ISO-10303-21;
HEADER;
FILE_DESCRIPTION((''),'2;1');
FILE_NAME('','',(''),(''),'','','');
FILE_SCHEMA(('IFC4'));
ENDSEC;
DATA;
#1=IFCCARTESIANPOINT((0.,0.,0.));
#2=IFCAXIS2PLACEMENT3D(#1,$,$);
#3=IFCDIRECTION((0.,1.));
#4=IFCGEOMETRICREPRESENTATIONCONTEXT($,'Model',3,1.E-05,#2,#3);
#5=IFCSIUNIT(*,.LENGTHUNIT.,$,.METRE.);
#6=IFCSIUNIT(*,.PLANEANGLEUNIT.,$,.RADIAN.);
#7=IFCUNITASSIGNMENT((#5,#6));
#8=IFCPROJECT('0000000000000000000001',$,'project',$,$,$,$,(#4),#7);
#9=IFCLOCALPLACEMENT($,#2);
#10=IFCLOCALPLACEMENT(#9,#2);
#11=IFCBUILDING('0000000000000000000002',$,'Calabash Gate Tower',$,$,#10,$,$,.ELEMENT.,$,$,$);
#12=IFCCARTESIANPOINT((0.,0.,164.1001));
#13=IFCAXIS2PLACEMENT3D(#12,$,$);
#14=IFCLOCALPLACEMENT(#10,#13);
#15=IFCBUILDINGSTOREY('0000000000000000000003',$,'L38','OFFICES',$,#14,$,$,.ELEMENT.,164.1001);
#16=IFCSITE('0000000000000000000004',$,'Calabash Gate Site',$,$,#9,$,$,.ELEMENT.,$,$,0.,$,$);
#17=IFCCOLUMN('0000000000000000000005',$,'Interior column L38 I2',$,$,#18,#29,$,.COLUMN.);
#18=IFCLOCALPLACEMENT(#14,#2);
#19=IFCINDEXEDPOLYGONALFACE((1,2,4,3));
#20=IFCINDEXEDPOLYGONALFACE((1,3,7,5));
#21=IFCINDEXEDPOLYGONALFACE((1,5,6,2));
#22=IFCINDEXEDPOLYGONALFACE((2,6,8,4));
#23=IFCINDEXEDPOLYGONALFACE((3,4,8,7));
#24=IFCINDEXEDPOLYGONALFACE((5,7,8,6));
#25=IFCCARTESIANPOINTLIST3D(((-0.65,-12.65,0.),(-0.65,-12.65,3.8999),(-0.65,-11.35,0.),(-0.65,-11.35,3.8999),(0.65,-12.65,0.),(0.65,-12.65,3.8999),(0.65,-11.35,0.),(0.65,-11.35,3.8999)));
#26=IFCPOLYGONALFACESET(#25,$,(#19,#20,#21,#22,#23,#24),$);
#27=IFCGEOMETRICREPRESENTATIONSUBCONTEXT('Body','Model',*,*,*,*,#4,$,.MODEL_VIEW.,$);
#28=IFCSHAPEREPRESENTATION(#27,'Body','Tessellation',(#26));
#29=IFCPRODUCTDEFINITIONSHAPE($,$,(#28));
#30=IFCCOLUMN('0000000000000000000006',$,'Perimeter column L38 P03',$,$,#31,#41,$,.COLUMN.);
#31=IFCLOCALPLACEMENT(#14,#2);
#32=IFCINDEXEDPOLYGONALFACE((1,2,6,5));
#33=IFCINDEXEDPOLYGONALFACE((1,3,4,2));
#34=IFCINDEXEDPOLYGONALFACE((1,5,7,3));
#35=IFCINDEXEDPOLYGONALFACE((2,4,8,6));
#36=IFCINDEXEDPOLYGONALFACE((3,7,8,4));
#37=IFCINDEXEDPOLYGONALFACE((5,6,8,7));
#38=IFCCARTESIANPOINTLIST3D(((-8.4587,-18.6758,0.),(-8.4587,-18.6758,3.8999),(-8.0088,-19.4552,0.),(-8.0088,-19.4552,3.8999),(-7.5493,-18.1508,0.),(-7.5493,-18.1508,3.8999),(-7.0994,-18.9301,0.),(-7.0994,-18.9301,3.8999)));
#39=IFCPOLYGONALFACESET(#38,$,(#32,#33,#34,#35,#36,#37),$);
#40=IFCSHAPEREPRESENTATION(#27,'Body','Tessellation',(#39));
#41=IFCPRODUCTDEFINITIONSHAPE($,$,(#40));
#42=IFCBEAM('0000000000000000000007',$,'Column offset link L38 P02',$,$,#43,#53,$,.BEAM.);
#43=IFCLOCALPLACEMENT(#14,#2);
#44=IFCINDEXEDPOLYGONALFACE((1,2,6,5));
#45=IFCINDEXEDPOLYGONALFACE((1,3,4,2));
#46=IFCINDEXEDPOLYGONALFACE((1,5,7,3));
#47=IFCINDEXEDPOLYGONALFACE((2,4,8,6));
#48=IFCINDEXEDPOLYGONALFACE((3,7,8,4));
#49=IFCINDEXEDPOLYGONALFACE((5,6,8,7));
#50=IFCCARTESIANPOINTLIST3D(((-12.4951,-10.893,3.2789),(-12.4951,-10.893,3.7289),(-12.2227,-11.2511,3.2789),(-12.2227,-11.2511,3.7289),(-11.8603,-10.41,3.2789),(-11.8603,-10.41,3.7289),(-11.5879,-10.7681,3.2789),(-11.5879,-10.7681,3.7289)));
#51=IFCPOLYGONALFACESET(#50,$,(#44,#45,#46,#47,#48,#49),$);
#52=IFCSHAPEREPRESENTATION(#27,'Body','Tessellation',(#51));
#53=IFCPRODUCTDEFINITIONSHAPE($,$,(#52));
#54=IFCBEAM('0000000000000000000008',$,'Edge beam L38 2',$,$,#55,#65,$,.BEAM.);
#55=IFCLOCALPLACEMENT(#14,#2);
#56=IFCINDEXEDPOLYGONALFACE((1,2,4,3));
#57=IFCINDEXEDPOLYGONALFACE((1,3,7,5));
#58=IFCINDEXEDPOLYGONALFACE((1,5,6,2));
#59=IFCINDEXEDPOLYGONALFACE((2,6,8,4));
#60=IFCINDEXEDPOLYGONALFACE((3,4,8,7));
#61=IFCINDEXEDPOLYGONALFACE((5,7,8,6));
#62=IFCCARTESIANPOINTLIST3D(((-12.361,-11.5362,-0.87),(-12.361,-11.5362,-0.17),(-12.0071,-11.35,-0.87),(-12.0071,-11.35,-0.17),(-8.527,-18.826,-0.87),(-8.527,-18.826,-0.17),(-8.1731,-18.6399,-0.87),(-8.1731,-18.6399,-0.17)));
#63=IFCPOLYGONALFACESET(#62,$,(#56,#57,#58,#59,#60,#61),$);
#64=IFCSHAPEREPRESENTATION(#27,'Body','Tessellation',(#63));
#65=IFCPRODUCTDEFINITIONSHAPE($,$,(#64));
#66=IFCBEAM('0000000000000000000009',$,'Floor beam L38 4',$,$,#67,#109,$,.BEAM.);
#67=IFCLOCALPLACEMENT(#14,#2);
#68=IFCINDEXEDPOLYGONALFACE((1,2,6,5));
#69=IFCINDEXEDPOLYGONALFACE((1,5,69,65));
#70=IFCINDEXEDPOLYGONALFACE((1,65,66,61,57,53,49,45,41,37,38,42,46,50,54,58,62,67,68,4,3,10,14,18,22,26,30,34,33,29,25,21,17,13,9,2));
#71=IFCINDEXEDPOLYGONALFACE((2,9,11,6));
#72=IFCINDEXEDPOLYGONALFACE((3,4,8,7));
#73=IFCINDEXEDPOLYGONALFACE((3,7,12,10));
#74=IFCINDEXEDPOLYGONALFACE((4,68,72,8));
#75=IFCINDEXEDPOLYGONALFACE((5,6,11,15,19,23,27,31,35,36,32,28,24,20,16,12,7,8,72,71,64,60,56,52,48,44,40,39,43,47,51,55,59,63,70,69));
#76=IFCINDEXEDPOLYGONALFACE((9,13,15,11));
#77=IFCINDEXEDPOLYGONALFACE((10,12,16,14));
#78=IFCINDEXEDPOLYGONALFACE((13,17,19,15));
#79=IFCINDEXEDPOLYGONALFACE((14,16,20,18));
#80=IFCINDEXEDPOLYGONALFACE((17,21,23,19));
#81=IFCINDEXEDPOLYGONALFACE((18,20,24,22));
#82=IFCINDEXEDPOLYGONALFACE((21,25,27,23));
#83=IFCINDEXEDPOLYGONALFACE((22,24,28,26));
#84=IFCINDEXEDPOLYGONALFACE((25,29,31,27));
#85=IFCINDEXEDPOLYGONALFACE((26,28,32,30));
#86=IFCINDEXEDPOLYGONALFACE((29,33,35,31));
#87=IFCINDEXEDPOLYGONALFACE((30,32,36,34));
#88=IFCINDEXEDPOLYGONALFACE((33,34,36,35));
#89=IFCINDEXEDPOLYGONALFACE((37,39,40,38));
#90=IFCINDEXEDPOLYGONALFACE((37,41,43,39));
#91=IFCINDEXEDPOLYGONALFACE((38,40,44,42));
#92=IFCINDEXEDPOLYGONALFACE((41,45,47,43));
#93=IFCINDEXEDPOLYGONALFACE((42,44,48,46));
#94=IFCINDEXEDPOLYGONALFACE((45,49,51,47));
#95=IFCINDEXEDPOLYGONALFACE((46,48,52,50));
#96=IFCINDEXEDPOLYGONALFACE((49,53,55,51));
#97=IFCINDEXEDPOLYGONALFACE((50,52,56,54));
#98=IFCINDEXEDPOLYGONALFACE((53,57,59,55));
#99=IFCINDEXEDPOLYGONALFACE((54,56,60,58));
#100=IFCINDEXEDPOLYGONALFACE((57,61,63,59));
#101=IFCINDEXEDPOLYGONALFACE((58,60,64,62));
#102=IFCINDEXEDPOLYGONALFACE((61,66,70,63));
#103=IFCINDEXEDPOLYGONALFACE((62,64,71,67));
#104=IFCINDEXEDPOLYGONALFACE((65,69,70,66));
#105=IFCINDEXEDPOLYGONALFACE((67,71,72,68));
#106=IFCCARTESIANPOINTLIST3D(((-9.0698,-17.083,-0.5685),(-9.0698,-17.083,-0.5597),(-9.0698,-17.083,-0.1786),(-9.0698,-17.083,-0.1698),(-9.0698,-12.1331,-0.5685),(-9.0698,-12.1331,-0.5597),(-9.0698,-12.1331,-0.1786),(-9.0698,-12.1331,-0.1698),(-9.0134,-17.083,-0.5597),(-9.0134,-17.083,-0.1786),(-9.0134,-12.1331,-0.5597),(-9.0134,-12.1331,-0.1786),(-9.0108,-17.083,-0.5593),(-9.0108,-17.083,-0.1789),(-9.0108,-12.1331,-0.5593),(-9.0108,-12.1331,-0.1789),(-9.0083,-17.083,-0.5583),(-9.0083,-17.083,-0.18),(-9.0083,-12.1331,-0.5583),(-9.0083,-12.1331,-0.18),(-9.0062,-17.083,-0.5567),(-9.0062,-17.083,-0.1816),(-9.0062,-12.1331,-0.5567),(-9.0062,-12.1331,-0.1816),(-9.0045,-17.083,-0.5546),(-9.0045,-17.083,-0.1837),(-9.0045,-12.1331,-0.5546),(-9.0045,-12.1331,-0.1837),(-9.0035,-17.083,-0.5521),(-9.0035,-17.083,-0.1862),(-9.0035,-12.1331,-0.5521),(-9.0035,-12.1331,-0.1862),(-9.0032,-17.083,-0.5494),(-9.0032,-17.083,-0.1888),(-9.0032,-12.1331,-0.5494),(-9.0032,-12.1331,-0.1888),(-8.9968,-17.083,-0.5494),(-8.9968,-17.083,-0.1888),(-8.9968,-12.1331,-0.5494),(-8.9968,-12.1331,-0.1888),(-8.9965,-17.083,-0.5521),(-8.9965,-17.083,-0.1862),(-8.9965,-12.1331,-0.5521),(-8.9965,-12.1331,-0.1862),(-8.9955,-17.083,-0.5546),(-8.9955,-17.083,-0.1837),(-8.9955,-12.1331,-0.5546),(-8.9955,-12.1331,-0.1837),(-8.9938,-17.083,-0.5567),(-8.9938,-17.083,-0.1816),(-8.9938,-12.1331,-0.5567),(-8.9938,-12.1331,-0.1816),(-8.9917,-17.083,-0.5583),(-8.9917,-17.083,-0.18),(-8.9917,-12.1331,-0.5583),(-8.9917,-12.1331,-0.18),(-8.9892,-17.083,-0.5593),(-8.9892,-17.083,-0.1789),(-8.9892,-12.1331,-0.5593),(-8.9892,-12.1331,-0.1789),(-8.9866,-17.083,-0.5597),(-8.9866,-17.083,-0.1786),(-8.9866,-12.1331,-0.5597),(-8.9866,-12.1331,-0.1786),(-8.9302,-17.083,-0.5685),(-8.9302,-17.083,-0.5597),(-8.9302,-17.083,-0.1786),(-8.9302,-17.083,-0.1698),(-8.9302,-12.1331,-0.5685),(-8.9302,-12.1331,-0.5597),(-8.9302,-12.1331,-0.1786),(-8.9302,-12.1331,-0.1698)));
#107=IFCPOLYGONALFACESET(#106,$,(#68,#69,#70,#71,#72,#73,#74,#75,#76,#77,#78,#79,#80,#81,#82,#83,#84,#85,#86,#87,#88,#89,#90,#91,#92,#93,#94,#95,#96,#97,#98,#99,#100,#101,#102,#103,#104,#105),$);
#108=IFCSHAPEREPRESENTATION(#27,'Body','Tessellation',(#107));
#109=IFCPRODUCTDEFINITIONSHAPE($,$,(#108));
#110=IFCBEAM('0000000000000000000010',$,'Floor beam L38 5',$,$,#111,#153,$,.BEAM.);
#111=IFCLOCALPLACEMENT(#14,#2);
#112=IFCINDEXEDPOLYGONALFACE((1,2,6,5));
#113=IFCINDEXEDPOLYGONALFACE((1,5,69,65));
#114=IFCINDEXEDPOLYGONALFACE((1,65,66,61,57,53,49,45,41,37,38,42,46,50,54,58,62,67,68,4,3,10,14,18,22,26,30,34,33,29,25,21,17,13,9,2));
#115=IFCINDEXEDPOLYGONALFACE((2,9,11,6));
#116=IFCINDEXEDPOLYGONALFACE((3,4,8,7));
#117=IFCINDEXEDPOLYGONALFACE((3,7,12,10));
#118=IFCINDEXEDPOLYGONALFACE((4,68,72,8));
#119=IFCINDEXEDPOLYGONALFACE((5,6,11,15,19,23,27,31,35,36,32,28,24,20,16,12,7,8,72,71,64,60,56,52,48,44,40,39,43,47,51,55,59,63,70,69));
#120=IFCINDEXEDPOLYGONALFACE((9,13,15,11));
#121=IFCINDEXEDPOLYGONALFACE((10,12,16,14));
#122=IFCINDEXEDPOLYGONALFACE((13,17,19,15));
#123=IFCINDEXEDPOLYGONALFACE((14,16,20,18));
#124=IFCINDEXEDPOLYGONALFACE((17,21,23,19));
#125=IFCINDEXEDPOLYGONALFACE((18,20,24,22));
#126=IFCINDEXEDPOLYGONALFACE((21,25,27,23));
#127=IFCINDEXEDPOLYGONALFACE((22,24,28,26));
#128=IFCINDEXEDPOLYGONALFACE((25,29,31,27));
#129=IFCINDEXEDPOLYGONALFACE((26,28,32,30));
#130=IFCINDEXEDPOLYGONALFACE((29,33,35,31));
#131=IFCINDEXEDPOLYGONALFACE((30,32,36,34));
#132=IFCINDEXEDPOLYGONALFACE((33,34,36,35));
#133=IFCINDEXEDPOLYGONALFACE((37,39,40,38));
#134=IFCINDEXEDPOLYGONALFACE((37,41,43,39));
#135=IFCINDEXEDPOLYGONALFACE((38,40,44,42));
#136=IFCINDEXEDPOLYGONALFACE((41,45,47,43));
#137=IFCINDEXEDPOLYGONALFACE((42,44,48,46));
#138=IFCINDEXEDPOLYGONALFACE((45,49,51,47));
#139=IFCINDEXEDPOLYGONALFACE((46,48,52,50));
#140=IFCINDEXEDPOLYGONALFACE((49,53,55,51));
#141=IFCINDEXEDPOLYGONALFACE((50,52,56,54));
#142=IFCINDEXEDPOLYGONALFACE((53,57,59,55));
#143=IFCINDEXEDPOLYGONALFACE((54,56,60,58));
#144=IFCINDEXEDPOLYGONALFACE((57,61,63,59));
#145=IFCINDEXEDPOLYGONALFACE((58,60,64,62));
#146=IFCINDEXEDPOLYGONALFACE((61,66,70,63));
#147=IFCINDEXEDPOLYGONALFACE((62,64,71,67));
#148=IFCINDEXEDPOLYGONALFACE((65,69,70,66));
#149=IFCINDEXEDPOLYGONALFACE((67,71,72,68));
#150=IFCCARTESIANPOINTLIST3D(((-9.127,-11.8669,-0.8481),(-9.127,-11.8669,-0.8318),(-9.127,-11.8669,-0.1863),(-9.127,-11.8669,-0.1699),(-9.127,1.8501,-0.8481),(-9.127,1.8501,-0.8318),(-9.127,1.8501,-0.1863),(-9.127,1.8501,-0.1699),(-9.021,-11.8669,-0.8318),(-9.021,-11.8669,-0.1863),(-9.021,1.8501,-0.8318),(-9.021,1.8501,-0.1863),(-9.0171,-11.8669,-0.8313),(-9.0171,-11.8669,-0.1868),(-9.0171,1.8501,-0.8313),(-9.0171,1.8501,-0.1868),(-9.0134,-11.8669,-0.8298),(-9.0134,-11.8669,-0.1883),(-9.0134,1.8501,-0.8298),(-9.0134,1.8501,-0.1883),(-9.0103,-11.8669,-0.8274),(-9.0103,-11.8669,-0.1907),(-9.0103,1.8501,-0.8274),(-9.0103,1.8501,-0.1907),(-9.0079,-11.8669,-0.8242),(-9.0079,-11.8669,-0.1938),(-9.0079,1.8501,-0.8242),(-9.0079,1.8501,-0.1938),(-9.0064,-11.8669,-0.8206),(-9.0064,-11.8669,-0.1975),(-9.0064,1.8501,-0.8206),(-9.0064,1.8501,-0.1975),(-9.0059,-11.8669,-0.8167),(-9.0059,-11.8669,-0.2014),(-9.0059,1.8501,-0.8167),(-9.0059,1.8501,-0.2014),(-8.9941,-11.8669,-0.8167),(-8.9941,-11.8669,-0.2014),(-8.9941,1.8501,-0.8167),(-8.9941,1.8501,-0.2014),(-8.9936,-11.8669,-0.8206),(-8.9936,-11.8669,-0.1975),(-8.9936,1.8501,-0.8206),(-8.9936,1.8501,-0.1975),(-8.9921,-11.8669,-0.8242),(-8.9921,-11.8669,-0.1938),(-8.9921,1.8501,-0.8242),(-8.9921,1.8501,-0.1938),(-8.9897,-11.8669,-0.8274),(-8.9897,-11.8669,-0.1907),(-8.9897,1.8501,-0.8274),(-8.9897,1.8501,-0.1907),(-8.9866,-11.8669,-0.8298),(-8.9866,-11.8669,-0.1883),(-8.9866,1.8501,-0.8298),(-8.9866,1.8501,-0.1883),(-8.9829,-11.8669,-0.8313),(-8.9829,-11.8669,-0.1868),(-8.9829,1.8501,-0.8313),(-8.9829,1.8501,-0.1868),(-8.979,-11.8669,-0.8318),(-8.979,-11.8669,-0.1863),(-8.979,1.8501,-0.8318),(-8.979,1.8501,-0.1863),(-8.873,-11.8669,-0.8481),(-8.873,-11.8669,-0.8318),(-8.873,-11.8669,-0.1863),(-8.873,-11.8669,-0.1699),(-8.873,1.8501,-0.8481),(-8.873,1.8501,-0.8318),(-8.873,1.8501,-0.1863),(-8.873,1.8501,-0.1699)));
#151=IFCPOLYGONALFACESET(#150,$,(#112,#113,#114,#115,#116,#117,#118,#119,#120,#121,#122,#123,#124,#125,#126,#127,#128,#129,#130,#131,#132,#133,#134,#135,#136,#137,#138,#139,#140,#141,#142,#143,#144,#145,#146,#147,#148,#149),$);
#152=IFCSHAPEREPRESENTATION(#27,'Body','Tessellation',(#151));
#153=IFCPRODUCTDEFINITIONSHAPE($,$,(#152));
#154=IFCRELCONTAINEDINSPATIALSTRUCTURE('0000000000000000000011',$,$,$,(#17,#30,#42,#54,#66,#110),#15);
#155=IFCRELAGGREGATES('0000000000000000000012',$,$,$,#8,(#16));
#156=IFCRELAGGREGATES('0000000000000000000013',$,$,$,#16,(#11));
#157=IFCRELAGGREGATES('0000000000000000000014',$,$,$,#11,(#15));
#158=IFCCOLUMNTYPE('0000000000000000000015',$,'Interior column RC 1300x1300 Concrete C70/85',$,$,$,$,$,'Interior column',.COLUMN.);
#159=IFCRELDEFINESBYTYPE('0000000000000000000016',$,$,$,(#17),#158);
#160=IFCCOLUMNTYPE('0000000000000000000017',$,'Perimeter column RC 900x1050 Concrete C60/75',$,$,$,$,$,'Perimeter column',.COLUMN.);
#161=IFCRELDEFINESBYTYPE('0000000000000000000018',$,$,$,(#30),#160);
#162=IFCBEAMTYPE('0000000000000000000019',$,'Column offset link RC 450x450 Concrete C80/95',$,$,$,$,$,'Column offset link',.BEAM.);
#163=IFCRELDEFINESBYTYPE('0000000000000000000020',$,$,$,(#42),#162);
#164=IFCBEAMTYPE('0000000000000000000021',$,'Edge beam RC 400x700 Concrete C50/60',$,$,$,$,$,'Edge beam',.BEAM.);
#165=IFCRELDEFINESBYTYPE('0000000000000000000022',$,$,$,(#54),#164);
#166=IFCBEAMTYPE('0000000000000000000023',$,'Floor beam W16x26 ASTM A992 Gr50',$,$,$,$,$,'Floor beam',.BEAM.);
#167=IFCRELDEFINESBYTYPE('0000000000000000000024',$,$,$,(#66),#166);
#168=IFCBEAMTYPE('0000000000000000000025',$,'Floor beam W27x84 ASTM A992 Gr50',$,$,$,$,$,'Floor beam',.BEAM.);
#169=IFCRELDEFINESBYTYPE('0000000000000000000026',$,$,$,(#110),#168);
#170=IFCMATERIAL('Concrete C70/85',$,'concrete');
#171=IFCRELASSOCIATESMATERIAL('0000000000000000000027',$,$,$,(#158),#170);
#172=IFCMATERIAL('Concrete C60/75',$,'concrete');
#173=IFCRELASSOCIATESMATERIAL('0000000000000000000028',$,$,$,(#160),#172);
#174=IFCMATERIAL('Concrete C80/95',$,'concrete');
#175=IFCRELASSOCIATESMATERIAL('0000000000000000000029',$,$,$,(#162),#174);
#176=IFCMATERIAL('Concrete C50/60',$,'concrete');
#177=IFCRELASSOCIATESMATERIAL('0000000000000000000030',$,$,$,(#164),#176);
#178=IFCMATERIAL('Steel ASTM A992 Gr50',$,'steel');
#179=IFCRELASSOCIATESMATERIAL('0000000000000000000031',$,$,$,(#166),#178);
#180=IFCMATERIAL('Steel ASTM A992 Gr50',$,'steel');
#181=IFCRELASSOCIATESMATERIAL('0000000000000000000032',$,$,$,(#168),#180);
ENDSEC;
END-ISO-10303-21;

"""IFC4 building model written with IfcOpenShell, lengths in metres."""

from ifc_helpers import new_model, si_unit, direction, frame, origin, origin_2d, place, context, subcontext, project, spatial, rectangle, i_section, extrude, material, material_profile, profile_set, type_object, element, save


model = new_model("IFC4")

# Units and contexts
model_context = context("Model", 3, precision=1e-05, world=origin(), true_north=direction((0.0, 1.0)))
body_context = subcontext(model_context, "Body", "Model", "MODEL_VIEW")
ifc_project = project(units=[si_unit("LENGTHUNIT", "METRE"), si_unit("PLANEANGLEUNIT", "RADIAN")], contexts=[model_context])

# Site, building, storey
site_placement = place(None, origin())
site = spatial("IfcSite", under=ifc_project, at=site_placement, Name="Calabash Gate Site", CompositionType="ELEMENT", RefElevation=0.0)
building_placement = place(site_placement, origin())
building = spatial("IfcBuilding", under=site, at=building_placement, Name="Calabash Gate Tower", CompositionType="ELEMENT")
storey_placement = place(building_placement, frame((0.0, 0.0, 164.1001)))
storey = spatial("IfcBuildingStorey", under=building, at=storey_placement, Name="L38", Description="OFFICES", CompositionType="ELEMENT", Elevation=164.1001)

# Columns
ifc_material_1 = material(Name="Concrete C70/85", Category="concrete")
ifc_material_profile_1 = material_profile(ifc_material_1, rectangle(XDim=1.3, YDim=1.3, at=origin_2d()))
ifc_profile_set_1 = profile_set([ifc_material_profile_1], Name="Concrete C70/85")
column_type_1 = type_object("IfcColumnType", Name="Interior column RC 1300x1300 Concrete C70/85", ElementType="Interior column", PredefinedType="COLUMN", material=ifc_profile_set_1)
column_1_placement = place(storey_placement, frame((0.0, -12.0, 0.0), z_axis=(0.0, 0.0, 1.0), x_axis=(1.0, 0.0, 0.0)))
element("IfcColumn", 1, at=column_1_placement, inside=storey, type_object=column_type_1, Name="Interior column L38 I2", PredefinedType="COLUMN", context=body_context, shape_type="SweptSolid", body=[
    extrude(rectangle(XDim=1.3, YDim=1.3, at=origin_2d()), origin(), (0.0, 0.0, 1.0), 3.8999),
])
ifc_material_2 = material(Name="Concrete C60/75", Category="concrete")
ifc_material_profile_2 = material_profile(ifc_material_2, rectangle(XDim=0.8999, YDim=1.05, at=origin_2d()))
ifc_profile_set_2 = profile_set([ifc_material_profile_2], Name="Concrete C60/75")
column_type_2 = type_object("IfcColumnType", Name="Perimeter column RC 900x1050 Concrete C60/75", ElementType="Perimeter column", PredefinedType="COLUMN", material=ifc_profile_set_2)
column_2_placement = place(storey_placement, frame((-7.7791, -18.803, 0.0), z_axis=(0.0, 0.0, 1.0), x_axis=(0.5, -0.866025, 0.0)))
element("IfcColumn", 2, at=column_2_placement, inside=storey, type_object=column_type_2, Name="Perimeter column L38 P03", PredefinedType="COLUMN", context=body_context, shape_type="SweptSolid", body=[
    extrude(rectangle(XDim=0.8999, YDim=1.05, at=origin_2d()), origin(), (0.0, 0.0, 1.0), 3.8999),
])

# Beams
ifc_material_3 = material(Name="Concrete C80/95", Category="concrete")
ifc_material_profile_3 = material_profile(ifc_material_3, rectangle(XDim=0.45, YDim=0.45, at=origin_2d()))
ifc_profile_set_3 = profile_set([ifc_material_profile_3], Name="Concrete C80/95")
beam_type_1 = type_object("IfcBeamType", Name="Column offset link RC 450x450 Concrete C80/95", ElementType="Column offset link", PredefinedType="BEAM", material=ifc_profile_set_3)
beam_1_placement = place(storey_placement, frame((-12.3589, -11.072, 3.5039), z_axis=(0.795867, 0.605471, 0.0), x_axis=(-0.605471, 0.795867, 0.0)))
element("IfcBeam", 3, at=beam_1_placement, inside=storey, type_object=beam_type_1, Name="Column offset link L38 P02", PredefinedType="BEAM", context=body_context, shape_type="SweptSolid", body=[
    extrude(rectangle(XDim=0.45, YDim=0.45, at=origin_2d()), origin(), (0.0, 0.0, 1.0), 0.7976),
])
ifc_material_4 = material(Name="Concrete C50/60", Category="concrete")
ifc_material_profile_4 = material_profile(ifc_material_4, rectangle(XDim=0.3999, YDim=0.7, at=origin_2d()))
ifc_profile_set_4 = profile_set([ifc_material_profile_4], Name="Concrete C50/60")
beam_type_2 = type_object("IfcBeamType", Name="Edge beam RC 400x700 Concrete C50/60", ElementType="Edge beam", PredefinedType="BEAM", material=ifc_profile_set_4)
beam_2_placement = place(storey_placement, frame((-12.1841, -11.4431, -0.52), z_axis=(0.465485, -0.885056, 0.0), x_axis=(0.885056, 0.465485, 0.0)))
element("IfcBeam", 4, at=beam_2_placement, inside=storey, type_object=beam_type_2, Name="Edge beam L38 2", PredefinedType="BEAM", context=body_context, shape_type="SweptSolid", body=[
    extrude(rectangle(XDim=0.3999, YDim=0.7, at=origin_2d()), origin(), (0.0, 0.0, 1.0), 8.2366),
])
ifc_material_5 = material(Name="Steel ASTM A992 Gr50", Category="steel")
ifc_material_profile_5 = material_profile(ifc_material_5, i_section(OverallWidth=0.1396, OverallDepth=0.3987, WebThickness=0.0063, FlangeThickness=0.0088, FilletRadius=0.0103, at=origin_2d()))
ifc_profile_set_5 = profile_set([ifc_material_profile_5], Name="Steel ASTM A992 Gr50")
beam_type_3 = type_object("IfcBeamType", Name="Floor beam W16x26 ASTM A992 Gr50", ElementType="Floor beam", PredefinedType="BEAM", material=ifc_profile_set_5)
beam_3_placement = place(storey_placement, frame((-9.0, -17.083, -0.3691), z_axis=(0.0, 1.0, 0.0), x_axis=(-1.0, 0.0, 0.0)))
element("IfcBeam", 5, at=beam_3_placement, inside=storey, type_object=beam_type_3, Name="Floor beam L38 4", PredefinedType="BEAM", context=body_context, shape_type="SweptSolid", body=[
    extrude(i_section(OverallWidth=0.1396, OverallDepth=0.3987, WebThickness=0.0063, FlangeThickness=0.0088, FilletRadius=0.0103, at=origin_2d()), origin(), (0.0, 0.0, 1.0), 4.95),
])
ifc_material_6 = material(Name="Steel ASTM A992 Gr50", Category="steel")
ifc_material_profile_6 = material_profile(ifc_material_6, i_section(OverallWidth=0.2539, OverallDepth=0.6782, WebThickness=0.0117, FlangeThickness=0.0164, FilletRadius=0.0151, at=origin_2d()))
ifc_profile_set_6 = profile_set([ifc_material_profile_6], Name="Steel ASTM A992 Gr50")
beam_type_4 = type_object("IfcBeamType", Name="Floor beam W27x84 ASTM A992 Gr50", ElementType="Floor beam", PredefinedType="BEAM", material=ifc_profile_set_6)
beam_4_placement = place(storey_placement, frame((-9.0, -11.8669, -0.509), z_axis=(0.0, 1.0, 0.0), x_axis=(-1.0, 0.0, 0.0)))
element("IfcBeam", 6, at=beam_4_placement, inside=storey, type_object=beam_type_4, Name="Floor beam L38 5", PredefinedType="BEAM", context=body_context, shape_type="SweptSolid", body=[
    extrude(i_section(OverallWidth=0.2539, OverallDepth=0.6782, WebThickness=0.0117, FlangeThickness=0.0164, FilletRadius=0.0151, at=origin_2d()), origin(), (0.0, 0.0, 1.0), 13.717),
])

save(model, "model.ifc")
